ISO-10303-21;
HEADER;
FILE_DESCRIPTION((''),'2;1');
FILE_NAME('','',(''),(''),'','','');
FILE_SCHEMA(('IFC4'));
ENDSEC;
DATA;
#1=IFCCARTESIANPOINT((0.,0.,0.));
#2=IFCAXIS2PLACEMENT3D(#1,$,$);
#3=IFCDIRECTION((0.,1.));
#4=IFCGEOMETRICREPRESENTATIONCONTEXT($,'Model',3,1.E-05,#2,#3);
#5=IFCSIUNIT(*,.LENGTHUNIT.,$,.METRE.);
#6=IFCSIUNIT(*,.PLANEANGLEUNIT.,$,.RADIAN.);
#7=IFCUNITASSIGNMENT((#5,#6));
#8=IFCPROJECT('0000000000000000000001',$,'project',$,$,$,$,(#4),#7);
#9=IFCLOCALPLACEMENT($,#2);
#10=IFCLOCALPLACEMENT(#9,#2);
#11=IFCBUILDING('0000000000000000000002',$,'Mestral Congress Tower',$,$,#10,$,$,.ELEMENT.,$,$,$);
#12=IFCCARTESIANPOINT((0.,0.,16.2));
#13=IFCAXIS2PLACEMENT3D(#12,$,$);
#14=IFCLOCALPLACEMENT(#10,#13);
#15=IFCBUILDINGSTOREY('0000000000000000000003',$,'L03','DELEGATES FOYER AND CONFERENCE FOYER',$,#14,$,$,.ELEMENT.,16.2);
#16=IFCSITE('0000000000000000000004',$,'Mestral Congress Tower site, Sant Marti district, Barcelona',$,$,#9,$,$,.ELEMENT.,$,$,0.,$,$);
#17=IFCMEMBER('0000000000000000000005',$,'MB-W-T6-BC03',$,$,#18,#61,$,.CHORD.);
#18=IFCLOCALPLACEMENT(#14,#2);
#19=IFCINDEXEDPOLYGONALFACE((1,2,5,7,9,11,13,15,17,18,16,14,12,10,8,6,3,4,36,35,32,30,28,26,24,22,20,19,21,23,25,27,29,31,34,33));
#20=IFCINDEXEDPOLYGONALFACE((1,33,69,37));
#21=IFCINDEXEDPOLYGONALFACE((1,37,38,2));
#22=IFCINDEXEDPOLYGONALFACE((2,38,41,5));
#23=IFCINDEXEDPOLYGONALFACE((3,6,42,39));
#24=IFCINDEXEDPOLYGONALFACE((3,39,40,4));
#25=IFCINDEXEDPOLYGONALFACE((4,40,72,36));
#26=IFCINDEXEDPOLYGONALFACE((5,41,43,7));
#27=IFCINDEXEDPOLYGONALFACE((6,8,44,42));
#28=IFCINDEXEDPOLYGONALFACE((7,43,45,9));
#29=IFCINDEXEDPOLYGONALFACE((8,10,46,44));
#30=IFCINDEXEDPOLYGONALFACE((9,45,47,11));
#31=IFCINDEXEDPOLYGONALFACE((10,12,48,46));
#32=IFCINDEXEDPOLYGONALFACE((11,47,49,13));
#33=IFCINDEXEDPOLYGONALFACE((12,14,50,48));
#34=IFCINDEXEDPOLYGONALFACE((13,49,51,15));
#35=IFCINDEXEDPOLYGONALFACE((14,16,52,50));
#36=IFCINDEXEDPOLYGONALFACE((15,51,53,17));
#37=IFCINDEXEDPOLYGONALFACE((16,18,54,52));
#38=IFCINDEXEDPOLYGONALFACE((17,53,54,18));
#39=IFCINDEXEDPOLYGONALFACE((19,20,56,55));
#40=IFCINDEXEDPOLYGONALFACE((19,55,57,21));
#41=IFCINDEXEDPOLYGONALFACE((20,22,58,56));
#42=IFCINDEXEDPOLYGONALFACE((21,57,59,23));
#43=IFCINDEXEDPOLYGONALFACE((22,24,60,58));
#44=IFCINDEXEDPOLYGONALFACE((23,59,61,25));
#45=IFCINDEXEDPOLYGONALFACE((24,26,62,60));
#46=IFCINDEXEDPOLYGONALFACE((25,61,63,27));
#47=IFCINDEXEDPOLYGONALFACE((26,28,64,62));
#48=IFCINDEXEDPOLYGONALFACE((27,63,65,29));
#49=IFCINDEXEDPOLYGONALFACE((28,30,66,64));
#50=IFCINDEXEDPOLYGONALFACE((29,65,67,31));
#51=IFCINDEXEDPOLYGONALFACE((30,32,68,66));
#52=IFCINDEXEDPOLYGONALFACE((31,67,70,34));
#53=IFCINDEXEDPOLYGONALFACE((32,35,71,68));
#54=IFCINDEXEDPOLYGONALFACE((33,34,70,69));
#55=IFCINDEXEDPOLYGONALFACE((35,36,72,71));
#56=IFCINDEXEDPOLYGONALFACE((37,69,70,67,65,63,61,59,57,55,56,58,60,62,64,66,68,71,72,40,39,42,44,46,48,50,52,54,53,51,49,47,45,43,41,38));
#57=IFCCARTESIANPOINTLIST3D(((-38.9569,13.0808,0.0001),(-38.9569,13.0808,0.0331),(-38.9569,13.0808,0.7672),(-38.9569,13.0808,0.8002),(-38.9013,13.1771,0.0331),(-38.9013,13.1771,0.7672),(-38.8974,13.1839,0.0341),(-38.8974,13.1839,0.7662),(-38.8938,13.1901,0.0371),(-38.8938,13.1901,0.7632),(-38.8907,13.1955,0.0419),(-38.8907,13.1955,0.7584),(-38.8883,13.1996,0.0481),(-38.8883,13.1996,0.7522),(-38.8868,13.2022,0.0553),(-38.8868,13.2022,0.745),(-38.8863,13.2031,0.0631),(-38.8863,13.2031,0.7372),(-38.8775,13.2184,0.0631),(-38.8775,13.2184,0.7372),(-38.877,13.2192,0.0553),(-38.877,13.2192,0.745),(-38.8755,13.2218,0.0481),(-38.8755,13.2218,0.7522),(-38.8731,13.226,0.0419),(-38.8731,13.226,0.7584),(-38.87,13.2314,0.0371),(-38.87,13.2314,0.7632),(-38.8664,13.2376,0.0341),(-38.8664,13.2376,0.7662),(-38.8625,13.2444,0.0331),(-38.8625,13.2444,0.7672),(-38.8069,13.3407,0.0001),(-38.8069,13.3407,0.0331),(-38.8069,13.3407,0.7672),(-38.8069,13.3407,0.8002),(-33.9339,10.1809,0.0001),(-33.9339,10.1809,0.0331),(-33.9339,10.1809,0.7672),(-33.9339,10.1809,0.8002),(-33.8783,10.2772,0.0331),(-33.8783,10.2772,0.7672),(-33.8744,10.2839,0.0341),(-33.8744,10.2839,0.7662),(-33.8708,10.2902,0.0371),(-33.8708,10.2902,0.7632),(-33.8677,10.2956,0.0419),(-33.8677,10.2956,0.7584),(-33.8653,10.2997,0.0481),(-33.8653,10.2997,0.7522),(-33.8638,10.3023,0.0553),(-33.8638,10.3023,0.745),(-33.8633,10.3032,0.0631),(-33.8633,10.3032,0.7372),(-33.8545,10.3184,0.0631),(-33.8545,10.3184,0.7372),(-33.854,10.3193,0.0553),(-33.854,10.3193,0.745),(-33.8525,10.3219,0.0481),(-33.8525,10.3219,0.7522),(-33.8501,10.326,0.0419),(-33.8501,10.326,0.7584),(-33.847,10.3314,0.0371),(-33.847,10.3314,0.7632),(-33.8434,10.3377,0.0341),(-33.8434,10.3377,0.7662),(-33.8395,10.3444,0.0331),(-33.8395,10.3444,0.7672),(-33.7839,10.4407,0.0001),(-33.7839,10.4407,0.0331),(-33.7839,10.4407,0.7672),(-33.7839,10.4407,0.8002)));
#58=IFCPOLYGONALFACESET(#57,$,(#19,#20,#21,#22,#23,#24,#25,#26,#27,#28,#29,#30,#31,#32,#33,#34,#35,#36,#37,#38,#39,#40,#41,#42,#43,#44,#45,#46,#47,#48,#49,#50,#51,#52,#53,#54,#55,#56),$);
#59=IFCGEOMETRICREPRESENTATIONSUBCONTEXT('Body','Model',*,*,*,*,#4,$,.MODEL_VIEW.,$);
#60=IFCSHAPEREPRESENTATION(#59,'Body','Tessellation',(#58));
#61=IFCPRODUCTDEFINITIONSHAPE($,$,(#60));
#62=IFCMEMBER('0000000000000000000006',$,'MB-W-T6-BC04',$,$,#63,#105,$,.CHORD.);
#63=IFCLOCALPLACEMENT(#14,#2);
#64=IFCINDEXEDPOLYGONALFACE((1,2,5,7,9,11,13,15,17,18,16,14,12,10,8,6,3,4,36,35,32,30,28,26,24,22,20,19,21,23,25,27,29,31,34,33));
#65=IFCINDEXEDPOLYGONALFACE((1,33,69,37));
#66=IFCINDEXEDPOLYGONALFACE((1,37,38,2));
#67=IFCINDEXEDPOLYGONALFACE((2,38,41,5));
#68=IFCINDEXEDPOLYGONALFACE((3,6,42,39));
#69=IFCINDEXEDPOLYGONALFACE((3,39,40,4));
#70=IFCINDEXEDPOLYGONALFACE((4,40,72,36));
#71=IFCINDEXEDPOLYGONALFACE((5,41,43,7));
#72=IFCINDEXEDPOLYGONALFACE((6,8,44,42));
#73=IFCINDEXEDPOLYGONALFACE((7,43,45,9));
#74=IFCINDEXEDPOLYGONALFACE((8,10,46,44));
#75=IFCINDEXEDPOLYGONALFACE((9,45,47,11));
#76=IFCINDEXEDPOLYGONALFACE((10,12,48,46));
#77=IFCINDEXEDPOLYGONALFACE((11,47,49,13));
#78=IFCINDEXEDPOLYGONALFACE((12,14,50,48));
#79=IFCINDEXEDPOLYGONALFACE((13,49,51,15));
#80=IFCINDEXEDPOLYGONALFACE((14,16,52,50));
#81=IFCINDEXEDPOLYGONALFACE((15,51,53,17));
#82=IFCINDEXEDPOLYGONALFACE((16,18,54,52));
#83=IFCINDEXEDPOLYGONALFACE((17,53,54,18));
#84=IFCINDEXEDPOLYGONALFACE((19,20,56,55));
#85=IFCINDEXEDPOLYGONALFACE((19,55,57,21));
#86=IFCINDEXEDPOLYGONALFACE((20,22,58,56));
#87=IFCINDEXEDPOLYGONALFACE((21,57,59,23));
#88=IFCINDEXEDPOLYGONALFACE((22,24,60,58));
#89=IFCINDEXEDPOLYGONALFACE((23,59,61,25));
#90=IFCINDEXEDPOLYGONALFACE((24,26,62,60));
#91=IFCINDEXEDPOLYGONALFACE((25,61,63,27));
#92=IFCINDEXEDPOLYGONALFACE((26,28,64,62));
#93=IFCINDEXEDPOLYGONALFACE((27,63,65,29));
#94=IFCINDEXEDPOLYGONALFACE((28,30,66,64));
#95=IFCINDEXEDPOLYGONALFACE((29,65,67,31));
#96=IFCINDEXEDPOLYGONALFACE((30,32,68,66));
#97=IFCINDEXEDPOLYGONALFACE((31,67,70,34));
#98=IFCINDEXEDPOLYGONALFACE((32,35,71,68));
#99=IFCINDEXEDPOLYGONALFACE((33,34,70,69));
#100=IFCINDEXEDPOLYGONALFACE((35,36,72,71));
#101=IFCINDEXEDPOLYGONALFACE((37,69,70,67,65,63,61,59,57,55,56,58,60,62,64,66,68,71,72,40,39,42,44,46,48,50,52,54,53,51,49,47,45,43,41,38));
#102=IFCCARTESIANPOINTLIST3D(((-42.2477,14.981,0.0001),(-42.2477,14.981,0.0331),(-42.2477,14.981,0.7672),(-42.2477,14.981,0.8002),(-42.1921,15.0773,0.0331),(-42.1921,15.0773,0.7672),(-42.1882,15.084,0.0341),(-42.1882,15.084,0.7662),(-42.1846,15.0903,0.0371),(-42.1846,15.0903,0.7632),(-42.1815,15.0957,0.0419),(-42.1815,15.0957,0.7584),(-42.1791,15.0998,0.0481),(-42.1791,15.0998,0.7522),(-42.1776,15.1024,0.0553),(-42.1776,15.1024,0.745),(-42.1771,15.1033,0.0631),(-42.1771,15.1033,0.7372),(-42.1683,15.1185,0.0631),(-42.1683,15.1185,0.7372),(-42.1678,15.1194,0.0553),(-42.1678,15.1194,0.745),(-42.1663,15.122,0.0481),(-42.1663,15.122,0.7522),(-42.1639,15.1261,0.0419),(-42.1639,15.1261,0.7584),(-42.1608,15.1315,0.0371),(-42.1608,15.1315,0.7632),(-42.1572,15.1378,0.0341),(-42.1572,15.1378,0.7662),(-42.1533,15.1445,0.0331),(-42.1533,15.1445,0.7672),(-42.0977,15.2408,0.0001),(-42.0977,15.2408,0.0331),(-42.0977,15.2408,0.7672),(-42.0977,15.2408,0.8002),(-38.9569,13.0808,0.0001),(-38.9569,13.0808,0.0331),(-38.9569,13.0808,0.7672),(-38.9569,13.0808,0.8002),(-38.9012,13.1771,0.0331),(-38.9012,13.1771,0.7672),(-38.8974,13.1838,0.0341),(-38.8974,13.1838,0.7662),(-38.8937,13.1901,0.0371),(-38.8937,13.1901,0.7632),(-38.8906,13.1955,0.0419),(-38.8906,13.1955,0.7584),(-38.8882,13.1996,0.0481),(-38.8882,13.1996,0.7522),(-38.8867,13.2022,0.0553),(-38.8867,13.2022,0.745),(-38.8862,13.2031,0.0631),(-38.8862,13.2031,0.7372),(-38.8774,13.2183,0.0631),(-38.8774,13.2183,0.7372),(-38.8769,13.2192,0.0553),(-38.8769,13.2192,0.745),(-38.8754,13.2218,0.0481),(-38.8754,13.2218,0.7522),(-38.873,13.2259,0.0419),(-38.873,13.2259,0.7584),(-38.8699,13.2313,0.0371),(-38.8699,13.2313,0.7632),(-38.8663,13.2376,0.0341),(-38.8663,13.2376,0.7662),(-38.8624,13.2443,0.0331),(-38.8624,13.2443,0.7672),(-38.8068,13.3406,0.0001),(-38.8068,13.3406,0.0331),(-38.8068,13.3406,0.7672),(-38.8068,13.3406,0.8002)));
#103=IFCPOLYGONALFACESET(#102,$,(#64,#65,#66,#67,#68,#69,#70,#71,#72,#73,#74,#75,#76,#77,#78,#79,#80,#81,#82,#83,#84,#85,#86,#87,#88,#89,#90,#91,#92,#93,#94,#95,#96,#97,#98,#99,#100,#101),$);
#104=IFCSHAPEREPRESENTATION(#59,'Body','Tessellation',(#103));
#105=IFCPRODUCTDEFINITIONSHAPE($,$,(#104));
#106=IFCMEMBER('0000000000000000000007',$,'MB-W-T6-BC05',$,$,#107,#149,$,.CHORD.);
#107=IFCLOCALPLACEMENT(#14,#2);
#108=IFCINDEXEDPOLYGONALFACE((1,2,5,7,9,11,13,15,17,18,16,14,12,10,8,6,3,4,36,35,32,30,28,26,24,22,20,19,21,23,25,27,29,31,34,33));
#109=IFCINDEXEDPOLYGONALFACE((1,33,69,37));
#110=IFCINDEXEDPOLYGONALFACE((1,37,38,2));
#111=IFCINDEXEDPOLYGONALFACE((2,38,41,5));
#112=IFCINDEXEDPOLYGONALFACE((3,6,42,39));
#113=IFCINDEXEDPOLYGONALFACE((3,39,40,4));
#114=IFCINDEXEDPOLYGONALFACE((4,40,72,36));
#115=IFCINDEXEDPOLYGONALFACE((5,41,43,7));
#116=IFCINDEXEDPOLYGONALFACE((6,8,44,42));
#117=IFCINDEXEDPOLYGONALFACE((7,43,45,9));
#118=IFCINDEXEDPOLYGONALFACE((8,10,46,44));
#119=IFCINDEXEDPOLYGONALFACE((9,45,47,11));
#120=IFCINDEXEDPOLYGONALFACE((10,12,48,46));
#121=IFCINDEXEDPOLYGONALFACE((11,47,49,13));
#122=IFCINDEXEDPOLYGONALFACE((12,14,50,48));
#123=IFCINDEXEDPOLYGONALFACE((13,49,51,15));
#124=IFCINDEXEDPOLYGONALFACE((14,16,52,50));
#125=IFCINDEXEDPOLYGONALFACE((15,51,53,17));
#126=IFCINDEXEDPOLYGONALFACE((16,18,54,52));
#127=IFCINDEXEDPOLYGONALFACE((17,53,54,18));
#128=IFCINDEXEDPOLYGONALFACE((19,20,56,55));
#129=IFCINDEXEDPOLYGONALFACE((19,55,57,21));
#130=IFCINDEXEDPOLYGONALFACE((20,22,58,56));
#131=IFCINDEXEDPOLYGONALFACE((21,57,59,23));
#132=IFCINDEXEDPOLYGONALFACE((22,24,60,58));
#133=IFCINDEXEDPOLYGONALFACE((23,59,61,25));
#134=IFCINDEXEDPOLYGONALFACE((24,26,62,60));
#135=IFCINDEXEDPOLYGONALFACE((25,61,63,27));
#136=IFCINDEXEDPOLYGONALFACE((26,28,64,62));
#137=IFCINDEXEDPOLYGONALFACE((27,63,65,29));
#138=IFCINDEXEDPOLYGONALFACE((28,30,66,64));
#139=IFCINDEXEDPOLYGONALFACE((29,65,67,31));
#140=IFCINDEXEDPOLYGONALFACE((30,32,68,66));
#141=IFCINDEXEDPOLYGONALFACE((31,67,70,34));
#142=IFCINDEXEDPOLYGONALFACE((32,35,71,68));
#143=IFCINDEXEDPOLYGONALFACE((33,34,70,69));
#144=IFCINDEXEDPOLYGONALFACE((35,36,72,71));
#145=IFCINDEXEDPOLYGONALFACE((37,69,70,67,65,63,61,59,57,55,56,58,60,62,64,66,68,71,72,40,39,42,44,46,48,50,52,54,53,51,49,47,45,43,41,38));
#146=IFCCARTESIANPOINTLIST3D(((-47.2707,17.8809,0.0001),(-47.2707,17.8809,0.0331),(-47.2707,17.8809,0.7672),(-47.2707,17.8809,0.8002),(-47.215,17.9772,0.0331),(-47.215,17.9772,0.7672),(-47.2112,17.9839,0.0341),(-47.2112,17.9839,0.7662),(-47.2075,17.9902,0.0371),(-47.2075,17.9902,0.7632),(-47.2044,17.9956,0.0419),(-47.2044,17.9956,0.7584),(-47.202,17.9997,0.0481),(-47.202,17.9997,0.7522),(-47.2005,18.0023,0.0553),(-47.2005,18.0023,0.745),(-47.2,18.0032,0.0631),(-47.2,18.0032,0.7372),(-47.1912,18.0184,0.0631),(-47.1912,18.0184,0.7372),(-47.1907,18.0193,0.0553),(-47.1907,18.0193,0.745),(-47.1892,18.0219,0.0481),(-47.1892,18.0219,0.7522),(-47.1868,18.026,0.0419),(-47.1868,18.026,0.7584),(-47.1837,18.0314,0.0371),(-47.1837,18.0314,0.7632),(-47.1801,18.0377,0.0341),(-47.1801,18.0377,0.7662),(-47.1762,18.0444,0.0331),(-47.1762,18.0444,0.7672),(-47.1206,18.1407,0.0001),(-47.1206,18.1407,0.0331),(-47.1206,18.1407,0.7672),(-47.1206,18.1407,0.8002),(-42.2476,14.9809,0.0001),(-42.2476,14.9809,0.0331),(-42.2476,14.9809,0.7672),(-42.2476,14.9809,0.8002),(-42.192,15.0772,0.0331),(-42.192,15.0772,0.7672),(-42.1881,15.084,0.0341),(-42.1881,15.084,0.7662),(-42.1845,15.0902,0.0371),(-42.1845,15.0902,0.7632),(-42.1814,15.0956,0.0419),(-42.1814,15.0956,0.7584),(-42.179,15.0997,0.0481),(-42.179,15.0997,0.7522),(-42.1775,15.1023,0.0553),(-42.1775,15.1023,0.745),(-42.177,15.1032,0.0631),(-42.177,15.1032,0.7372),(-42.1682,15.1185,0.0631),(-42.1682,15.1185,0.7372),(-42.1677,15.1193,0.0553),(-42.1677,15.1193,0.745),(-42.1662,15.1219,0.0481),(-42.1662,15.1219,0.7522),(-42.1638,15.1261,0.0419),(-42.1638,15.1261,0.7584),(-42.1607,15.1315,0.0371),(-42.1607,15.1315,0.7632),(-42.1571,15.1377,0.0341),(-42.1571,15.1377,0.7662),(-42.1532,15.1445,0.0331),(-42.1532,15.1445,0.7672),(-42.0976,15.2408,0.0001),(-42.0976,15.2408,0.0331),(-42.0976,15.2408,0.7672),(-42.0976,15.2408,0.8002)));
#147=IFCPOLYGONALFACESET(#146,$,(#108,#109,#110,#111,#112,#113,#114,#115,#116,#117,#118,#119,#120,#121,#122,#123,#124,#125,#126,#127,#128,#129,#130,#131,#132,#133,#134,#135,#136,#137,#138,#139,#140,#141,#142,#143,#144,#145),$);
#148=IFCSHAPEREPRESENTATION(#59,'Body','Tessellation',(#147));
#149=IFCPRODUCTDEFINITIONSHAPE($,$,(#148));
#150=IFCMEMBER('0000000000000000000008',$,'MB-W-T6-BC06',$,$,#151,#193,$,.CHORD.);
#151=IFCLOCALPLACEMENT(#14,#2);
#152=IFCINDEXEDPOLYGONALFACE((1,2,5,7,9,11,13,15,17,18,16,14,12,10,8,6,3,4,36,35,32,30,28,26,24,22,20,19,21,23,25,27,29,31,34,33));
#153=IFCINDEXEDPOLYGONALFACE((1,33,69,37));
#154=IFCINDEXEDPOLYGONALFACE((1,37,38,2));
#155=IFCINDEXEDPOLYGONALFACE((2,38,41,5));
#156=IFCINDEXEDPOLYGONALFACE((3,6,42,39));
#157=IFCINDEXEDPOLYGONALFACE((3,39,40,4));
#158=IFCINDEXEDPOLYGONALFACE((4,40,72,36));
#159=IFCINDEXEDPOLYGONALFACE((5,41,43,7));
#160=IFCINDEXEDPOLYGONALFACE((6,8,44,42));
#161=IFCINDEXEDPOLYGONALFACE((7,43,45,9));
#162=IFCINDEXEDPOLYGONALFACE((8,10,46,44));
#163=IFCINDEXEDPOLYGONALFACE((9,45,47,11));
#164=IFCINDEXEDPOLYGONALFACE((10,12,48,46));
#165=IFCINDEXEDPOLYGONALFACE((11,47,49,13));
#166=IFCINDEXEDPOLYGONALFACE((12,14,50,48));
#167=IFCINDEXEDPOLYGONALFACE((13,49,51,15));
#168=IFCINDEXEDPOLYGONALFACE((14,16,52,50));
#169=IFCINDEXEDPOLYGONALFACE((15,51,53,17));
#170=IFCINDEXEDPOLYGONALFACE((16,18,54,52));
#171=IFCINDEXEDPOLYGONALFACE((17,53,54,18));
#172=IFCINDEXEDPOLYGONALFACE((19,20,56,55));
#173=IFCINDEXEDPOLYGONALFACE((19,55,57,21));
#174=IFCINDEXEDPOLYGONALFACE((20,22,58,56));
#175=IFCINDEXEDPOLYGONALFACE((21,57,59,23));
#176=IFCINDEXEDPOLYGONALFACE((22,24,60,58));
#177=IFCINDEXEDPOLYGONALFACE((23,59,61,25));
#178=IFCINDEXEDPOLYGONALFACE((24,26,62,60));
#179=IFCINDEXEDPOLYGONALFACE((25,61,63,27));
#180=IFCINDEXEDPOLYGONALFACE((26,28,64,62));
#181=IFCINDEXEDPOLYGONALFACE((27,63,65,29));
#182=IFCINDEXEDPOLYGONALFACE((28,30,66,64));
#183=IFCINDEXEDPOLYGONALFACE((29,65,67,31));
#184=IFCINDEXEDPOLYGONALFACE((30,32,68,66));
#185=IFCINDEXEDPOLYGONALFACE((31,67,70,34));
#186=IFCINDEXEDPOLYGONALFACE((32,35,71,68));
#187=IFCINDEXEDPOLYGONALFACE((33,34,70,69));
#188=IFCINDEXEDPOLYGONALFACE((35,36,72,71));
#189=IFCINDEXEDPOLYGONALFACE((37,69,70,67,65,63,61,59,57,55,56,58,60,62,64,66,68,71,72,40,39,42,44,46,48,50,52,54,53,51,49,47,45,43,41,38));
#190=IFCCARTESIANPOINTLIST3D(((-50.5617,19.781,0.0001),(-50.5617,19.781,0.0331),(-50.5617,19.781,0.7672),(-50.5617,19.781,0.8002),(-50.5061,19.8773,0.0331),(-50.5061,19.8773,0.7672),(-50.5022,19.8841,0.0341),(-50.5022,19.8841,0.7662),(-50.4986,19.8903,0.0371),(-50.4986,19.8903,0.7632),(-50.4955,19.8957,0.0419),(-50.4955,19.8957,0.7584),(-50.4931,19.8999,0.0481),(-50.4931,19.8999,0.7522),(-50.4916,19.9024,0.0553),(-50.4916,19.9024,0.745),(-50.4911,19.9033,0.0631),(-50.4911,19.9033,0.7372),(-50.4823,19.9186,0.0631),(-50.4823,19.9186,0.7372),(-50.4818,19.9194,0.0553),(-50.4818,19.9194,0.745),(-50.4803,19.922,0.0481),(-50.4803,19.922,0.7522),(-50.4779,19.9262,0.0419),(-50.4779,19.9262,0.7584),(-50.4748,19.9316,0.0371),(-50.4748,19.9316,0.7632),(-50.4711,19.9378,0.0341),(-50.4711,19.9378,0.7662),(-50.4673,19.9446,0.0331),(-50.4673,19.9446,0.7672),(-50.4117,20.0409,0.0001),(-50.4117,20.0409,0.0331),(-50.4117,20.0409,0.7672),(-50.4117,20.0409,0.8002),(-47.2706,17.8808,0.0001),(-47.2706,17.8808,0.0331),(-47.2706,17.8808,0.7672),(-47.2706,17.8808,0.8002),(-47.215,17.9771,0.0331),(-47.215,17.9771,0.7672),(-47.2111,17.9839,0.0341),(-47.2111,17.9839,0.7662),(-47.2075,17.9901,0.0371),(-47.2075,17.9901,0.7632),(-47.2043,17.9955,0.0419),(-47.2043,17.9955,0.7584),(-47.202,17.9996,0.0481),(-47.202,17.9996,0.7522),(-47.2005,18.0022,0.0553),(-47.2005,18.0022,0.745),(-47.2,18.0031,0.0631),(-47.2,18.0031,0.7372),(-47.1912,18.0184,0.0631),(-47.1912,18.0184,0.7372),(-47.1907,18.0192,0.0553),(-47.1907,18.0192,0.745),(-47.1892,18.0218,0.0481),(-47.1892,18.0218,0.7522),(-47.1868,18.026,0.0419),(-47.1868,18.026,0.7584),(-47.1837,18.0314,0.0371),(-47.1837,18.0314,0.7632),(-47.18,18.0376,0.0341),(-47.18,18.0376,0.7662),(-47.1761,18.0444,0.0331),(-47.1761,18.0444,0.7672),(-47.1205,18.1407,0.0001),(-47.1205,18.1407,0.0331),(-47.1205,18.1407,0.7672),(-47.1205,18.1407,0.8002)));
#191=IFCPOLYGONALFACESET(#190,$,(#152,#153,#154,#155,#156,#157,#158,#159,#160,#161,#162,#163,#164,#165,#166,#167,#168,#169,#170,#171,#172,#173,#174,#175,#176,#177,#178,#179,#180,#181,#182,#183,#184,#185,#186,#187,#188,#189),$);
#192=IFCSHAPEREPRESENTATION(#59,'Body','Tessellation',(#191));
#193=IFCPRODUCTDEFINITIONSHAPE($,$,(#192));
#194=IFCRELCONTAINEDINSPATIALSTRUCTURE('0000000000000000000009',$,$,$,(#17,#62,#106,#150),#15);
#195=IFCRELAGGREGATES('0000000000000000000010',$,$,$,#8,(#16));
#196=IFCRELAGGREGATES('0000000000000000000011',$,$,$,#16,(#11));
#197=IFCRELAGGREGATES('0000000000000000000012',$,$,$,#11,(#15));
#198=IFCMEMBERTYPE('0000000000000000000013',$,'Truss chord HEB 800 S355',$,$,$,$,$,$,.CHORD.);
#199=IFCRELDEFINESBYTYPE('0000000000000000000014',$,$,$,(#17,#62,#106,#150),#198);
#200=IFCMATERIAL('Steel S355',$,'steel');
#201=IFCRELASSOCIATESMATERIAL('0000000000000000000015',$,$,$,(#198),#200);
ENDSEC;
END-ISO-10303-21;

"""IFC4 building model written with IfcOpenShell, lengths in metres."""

from ifc_helpers import new_model, si_unit, direction, frame, origin, origin_2d, place, context, subcontext, project, spatial, i_section, extrude, material, material_profile, profile_set, type_object, element, save


model = new_model("IFC4")

# Units and contexts
model_context = context("Model", 3, precision=1e-05, world=origin(), true_north=direction((0.0, 1.0)))
body_context = subcontext(model_context, "Body", "Model", "MODEL_VIEW")
ifc_project = project(units=[si_unit("LENGTHUNIT", "METRE"), si_unit("PLANEANGLEUNIT", "RADIAN")], contexts=[model_context])

# Site, building, storey
site_placement = place(None, origin())
site = spatial("IfcSite", under=ifc_project, at=site_placement, Name="Mestral Congress Tower site, Sant Marti district, Barcelona", CompositionType="ELEMENT", RefElevation=0.0)
building_placement = place(site_placement, origin())
building = spatial("IfcBuilding", under=site, at=building_placement, Name="Mestral Congress Tower", CompositionType="ELEMENT")
storey_placement = place(building_placement, frame((0.0, 0.0, 16.2)))
storey = spatial("IfcBuildingStorey", under=building, at=storey_placement, Name="L03", Description="DELEGATES FOYER AND CONFERENCE FOYER", CompositionType="ELEMENT", Elevation=16.2)

# Members
ifc_material = material(Name="Steel S355", Category="steel")
ifc_material_profile_1 = material_profile(ifc_material, i_section(OverallWidth=0.3, OverallDepth=0.8, WebThickness=0.0176, FlangeThickness=0.033, FilletRadius=0.03, at=origin_2d()), Name="HEB 800")
ifc_profile_set_1 = profile_set([ifc_material_profile_1], Name="Steel S355")
member_type_1 = type_object("IfcMemberType", Name="Truss chord HEB 800 S355", PredefinedType="CHORD", material=ifc_profile_set_1)
member_1_placement = place(storey_placement, frame((-33.8589, 10.3108, 0.4001), z_axis=(-0.866033, 0.499987, 0.0), x_axis=(-0.499987, -0.866033, 0.0)))
element("IfcMember", 1, at=member_1_placement, inside=storey, type_object=member_type_1, Name="MB-W-T6-BC03", PredefinedType="CHORD", context=body_context, shape_type="SweptSolid", body=[
    extrude(i_section(OverallWidth=0.3, OverallDepth=0.8, WebThickness=0.0176, FlangeThickness=0.033, FilletRadius=0.03, at=origin_2d()), origin(), (0.0, 0.0, 1.0), 5.8),
])
member_2_placement = place(storey_placement, frame((-38.8818, 13.2107, 0.4001), z_axis=(-0.866, 0.500043, 0.0), x_axis=(-0.500043, -0.866, 0.0)))
element("IfcMember", 2, at=member_2_placement, inside=storey, type_object=member_type_1, Name="MB-W-T6-BC04", PredefinedType="CHORD", context=body_context, shape_type="SweptSolid", body=[
    extrude(i_section(OverallWidth=0.3, OverallDepth=0.8, WebThickness=0.0176, FlangeThickness=0.033, FilletRadius=0.03, at=origin_2d()), origin(), (0.0, 0.0, 1.0), 3.8),
])
member_3_placement = place(storey_placement, frame((-42.1726, 15.1108, 0.4001), z_axis=(-0.866033, 0.499987, 0.0), x_axis=(-0.499987, -0.866033, 0.0)))
element("IfcMember", 3, at=member_3_placement, inside=storey, type_object=member_type_1, Name="MB-W-T6-BC05", PredefinedType="CHORD", context=body_context, shape_type="SweptSolid", body=[
    extrude(i_section(OverallWidth=0.3, OverallDepth=0.8, WebThickness=0.0176, FlangeThickness=0.033, FilletRadius=0.03, at=origin_2d()), origin(), (0.0, 0.0, 1.0), 5.8),
])
member_4_placement = place(storey_placement, frame((-47.1956, 18.0107, 0.4001), z_axis=(-0.866017, 0.500015, 0.0), x_axis=(-0.500015, -0.866017, 0.0)))
element("IfcMember", 4, at=member_4_placement, inside=storey, type_object=member_type_1, Name="MB-W-T6-BC06", PredefinedType="CHORD", context=body_context, shape_type="SweptSolid", body=[
    extrude(i_section(OverallWidth=0.3, OverallDepth=0.8, WebThickness=0.0176, FlangeThickness=0.033, FilletRadius=0.03, at=origin_2d()), origin(), (0.0, 0.0, 1.0), 3.8003),
])

save(model, "model.ifc")
